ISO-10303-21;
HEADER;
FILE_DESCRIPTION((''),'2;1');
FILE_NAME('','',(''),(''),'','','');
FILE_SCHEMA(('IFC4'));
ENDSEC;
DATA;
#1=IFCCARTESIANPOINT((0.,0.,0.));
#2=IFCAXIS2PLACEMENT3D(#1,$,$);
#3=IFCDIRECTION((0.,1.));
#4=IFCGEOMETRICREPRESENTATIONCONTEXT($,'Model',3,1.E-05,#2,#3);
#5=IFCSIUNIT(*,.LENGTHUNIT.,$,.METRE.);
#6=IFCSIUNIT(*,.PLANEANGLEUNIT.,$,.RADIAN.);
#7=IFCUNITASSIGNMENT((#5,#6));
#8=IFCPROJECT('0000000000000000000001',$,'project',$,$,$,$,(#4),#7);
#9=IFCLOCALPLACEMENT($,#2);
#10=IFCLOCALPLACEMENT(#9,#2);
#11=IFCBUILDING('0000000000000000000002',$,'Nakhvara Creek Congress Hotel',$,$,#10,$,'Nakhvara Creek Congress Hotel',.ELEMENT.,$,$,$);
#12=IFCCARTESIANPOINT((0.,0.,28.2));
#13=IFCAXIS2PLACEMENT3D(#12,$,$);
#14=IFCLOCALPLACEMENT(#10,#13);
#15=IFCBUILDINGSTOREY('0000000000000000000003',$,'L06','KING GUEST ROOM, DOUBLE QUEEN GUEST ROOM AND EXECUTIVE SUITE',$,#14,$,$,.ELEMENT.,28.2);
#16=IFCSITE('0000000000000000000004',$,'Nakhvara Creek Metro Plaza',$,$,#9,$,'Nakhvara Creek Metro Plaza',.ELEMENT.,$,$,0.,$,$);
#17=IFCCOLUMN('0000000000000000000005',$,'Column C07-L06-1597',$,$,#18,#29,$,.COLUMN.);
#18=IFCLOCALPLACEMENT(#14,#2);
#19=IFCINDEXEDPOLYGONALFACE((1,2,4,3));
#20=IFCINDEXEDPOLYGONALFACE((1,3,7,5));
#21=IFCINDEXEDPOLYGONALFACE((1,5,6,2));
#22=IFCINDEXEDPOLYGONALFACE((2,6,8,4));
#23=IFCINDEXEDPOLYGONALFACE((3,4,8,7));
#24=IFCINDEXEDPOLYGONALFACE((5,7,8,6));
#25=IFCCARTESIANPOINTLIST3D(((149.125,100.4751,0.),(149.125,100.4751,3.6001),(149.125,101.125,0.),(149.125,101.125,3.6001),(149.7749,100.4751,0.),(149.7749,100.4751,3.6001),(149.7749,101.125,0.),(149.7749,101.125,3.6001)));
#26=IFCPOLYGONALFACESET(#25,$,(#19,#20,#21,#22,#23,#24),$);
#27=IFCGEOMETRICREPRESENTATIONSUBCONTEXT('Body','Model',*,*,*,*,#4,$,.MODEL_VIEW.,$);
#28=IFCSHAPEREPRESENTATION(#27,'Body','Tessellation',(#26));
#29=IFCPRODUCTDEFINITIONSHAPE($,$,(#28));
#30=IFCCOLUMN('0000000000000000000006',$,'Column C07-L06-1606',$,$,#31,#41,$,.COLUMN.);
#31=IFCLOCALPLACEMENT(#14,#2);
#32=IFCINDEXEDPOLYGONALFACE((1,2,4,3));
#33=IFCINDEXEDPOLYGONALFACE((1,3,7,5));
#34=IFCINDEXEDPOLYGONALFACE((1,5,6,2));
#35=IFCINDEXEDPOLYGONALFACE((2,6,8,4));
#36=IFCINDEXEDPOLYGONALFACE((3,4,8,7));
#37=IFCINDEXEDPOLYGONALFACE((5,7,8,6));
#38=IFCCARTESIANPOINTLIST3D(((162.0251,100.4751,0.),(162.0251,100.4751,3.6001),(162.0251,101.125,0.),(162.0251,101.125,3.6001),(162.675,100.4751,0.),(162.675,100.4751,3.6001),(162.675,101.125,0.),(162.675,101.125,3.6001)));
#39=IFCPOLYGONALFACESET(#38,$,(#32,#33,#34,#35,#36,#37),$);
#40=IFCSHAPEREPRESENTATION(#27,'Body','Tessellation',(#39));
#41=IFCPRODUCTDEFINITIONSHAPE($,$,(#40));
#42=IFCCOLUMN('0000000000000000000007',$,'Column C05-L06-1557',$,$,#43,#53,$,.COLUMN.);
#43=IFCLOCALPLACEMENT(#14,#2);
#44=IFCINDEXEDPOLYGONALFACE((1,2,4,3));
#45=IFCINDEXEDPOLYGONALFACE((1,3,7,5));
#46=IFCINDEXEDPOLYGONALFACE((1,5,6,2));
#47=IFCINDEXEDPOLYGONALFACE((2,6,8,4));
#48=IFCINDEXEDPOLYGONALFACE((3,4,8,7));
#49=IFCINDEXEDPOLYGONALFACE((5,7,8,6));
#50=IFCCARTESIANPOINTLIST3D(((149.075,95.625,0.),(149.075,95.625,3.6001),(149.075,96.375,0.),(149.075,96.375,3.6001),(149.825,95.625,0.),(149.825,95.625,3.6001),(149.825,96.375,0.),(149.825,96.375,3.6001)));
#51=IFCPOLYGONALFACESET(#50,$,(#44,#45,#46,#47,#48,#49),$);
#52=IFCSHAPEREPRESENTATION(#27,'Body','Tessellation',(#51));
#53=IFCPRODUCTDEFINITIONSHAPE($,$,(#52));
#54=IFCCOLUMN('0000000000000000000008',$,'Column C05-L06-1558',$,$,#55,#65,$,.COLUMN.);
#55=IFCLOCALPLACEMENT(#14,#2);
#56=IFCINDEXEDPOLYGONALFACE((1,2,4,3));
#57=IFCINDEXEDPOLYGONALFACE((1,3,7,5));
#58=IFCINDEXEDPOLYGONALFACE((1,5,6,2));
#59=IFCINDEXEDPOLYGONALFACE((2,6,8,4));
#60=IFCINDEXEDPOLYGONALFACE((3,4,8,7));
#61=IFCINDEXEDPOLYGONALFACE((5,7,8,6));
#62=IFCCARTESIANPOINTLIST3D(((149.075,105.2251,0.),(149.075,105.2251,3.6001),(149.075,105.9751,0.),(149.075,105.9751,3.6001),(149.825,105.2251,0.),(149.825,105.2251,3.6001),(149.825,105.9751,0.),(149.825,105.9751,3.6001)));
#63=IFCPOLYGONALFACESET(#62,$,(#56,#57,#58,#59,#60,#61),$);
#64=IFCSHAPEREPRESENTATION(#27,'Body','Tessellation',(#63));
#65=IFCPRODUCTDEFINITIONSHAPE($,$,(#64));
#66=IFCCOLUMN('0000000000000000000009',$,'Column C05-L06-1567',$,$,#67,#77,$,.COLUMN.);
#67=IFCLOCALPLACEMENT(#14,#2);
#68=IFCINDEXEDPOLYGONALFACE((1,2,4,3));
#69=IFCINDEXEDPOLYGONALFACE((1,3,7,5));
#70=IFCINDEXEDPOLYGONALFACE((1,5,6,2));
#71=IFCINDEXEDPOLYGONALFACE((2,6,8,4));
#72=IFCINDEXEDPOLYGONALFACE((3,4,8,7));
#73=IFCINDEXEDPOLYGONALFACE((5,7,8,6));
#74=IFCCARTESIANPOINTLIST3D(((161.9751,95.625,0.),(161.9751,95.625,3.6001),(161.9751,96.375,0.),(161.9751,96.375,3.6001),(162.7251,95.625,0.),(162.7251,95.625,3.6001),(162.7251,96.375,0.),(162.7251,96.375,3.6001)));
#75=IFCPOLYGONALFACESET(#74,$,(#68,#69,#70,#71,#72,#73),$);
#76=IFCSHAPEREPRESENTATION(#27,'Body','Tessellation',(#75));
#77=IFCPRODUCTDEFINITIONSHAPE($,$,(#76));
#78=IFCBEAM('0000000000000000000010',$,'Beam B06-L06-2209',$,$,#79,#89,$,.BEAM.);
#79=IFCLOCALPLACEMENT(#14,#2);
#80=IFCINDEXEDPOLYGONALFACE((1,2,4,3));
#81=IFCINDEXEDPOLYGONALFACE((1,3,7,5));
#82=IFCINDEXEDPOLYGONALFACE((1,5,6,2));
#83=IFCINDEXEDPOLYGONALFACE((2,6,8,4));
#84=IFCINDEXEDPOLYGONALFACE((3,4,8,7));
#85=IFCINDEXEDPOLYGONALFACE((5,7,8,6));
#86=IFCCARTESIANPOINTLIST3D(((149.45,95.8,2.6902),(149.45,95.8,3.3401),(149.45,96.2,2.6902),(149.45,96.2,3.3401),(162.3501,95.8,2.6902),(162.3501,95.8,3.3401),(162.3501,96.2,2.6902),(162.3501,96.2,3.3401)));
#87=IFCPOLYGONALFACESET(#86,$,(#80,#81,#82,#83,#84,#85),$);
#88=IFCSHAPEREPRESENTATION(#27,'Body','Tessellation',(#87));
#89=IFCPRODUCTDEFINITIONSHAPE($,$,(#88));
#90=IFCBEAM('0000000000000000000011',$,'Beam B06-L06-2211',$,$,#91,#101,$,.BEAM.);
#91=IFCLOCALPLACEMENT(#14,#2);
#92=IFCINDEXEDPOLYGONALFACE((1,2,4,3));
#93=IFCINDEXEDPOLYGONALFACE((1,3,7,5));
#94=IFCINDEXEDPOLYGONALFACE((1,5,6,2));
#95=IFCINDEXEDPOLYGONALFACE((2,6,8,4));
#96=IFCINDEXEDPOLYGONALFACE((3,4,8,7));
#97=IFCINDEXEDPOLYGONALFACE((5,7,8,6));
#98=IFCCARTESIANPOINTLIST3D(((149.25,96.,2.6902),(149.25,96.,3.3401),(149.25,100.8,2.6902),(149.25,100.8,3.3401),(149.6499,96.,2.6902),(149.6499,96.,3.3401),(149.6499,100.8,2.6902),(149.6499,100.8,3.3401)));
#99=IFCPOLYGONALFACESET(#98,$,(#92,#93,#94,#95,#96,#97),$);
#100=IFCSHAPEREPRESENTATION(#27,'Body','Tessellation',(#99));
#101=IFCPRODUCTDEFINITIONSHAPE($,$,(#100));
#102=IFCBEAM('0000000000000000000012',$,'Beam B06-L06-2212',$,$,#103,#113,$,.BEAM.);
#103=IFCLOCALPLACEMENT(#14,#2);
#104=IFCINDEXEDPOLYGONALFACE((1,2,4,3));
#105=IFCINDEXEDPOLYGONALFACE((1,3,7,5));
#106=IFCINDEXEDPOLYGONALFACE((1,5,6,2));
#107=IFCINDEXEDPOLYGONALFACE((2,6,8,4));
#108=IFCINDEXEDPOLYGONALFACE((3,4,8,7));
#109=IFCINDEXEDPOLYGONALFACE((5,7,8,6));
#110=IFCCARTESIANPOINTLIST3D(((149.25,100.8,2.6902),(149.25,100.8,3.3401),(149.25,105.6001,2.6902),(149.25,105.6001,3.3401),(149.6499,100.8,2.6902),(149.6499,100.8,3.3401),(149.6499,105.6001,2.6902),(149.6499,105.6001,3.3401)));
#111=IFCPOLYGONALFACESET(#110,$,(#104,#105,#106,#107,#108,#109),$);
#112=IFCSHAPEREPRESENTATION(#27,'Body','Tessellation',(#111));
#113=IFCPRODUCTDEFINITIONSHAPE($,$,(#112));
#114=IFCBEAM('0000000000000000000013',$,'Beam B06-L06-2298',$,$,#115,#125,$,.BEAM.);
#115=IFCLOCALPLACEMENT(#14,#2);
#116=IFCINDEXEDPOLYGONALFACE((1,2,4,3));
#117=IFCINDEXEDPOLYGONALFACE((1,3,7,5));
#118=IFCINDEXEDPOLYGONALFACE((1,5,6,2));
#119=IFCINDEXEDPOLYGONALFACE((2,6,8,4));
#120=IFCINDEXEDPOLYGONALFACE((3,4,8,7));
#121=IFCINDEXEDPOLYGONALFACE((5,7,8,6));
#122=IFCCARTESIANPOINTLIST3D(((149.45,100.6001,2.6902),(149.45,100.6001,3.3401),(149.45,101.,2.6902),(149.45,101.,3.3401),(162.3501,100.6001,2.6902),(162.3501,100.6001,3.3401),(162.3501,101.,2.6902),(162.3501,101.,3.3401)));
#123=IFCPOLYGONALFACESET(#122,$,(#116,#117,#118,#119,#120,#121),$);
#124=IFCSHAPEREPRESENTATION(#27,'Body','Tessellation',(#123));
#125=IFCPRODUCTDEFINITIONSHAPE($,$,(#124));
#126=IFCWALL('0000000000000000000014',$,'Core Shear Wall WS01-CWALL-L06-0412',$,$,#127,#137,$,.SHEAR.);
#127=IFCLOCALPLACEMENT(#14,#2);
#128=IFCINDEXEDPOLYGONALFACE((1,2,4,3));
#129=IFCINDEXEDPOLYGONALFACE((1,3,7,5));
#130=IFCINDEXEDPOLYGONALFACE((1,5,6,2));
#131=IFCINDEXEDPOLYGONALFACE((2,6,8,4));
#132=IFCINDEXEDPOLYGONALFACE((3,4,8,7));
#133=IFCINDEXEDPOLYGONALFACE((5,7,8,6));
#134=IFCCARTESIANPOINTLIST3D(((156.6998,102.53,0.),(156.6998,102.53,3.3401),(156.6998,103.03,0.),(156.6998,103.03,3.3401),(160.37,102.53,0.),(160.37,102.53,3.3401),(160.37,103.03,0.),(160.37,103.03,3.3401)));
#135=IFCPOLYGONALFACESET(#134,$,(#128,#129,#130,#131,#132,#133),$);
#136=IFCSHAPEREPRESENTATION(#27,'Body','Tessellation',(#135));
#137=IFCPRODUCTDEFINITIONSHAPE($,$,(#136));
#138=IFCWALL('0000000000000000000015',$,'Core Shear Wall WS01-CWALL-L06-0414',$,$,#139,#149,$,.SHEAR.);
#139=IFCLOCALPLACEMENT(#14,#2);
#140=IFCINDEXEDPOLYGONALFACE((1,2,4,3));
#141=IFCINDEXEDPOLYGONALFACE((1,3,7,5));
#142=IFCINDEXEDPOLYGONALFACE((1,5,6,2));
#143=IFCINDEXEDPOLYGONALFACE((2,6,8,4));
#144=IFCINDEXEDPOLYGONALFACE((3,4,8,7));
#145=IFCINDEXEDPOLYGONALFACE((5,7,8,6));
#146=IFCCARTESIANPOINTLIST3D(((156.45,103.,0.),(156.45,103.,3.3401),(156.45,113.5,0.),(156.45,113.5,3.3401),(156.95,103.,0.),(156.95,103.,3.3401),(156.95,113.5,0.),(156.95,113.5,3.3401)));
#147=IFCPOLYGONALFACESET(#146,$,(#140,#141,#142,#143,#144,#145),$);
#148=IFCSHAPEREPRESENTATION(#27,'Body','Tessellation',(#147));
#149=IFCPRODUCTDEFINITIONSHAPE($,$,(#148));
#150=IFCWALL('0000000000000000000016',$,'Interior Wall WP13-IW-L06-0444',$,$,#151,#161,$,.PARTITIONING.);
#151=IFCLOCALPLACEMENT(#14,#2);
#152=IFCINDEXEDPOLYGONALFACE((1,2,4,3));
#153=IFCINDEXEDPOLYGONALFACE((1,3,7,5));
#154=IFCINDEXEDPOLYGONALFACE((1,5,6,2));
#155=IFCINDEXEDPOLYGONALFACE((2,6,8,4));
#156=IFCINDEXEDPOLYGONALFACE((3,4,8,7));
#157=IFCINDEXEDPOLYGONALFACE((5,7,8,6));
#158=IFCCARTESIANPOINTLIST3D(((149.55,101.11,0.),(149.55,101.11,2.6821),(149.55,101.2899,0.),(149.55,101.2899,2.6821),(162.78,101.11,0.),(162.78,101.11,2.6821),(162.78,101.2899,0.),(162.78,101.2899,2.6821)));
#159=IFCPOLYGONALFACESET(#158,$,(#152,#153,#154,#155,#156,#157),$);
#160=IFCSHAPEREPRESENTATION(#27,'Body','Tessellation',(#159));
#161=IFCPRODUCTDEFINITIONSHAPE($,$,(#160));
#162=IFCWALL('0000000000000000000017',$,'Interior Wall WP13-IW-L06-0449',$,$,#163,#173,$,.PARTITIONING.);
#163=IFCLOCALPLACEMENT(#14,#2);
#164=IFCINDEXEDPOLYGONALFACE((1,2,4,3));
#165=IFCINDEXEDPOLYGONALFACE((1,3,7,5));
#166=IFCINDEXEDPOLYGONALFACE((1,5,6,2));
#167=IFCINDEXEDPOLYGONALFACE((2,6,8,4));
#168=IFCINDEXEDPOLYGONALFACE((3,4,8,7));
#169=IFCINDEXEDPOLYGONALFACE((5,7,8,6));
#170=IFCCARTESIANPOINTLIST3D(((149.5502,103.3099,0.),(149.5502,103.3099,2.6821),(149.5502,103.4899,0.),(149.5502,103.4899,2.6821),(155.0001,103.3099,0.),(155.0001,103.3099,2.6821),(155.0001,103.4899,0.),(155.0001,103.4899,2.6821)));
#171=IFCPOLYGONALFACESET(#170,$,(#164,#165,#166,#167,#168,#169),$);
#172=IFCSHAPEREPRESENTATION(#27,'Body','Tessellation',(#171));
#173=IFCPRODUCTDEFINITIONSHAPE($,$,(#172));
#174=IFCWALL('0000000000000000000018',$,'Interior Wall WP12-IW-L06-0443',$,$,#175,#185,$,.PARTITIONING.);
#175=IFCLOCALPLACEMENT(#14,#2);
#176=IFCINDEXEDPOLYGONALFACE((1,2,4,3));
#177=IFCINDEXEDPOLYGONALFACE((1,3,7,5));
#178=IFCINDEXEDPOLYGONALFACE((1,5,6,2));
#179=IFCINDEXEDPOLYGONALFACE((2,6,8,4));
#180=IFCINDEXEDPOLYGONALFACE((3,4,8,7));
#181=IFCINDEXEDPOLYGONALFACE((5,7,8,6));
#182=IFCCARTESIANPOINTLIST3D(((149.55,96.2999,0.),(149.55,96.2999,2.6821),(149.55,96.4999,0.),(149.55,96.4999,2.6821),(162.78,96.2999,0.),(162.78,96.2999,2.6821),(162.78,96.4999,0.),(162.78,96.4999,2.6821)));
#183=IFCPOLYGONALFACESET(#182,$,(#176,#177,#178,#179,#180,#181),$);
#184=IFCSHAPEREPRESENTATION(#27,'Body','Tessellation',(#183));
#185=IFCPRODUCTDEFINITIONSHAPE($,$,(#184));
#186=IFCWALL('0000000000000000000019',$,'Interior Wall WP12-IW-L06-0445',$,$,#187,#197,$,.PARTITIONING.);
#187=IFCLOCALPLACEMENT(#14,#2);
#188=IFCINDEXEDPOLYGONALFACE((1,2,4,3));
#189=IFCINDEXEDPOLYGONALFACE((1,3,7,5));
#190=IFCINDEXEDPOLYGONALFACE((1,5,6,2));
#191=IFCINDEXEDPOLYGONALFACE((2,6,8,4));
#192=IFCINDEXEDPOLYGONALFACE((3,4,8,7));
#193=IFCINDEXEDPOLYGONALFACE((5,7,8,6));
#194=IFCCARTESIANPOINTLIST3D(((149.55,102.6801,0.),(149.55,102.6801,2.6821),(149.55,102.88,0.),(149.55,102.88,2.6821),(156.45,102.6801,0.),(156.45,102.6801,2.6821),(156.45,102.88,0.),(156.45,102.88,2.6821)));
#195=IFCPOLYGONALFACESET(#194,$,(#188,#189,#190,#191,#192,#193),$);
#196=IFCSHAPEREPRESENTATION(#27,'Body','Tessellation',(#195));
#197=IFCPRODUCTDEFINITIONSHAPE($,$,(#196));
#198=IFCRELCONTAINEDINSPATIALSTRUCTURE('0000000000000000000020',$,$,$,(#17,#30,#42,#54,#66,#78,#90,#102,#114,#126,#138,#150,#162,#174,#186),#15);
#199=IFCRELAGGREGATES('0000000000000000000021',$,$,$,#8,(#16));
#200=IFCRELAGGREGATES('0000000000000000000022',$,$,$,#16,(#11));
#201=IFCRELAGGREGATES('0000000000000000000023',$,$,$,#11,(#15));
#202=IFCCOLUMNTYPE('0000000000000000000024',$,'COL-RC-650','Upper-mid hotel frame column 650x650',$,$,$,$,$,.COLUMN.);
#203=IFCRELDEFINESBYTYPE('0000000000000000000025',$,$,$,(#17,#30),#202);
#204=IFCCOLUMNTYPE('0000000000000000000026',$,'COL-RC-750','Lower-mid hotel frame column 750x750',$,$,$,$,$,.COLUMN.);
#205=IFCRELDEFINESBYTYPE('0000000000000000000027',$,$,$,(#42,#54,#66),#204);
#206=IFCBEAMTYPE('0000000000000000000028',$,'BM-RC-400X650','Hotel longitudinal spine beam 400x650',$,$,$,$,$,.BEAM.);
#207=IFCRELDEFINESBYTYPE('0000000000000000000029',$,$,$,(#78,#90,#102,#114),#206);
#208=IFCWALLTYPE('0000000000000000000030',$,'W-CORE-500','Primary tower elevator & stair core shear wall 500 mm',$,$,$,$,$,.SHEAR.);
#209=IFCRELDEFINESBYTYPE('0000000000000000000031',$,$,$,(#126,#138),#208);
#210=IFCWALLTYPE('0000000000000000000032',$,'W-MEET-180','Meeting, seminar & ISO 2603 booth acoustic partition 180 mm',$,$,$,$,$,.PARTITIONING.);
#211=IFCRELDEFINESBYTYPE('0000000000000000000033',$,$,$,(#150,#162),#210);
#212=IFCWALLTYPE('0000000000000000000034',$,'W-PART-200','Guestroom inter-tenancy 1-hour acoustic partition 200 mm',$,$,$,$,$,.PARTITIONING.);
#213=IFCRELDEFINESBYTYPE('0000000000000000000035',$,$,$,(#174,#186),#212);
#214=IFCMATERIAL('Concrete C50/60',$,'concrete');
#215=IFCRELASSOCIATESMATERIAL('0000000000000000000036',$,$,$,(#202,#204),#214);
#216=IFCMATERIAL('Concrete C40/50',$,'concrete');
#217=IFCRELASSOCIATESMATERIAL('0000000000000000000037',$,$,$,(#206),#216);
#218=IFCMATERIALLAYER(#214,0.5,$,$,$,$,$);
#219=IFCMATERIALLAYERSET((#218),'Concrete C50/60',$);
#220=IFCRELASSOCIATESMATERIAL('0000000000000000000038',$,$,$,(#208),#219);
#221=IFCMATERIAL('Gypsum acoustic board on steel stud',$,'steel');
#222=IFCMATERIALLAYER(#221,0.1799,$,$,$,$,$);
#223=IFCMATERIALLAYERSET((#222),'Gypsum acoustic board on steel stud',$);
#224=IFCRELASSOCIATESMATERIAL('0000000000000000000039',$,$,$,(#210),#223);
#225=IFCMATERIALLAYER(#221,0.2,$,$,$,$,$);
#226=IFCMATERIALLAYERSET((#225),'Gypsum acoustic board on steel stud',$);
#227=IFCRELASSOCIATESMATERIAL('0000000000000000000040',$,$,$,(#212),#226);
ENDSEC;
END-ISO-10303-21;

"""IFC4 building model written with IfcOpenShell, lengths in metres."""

from ifc_helpers import new_model, si_unit, direction, frame, frame_2d, origin, origin_2d, place, context, subcontext, project, spatial, rectangle, extrude, material, layer, layer_set, material_profile, profile_set, type_object, element, save


model = new_model("IFC4")

# Units and contexts
model_context = context("Model", 3, precision=1e-05, world=origin(), true_north=direction((0.0, 1.0)))
body_context = subcontext(model_context, "Body", "Model", "MODEL_VIEW")
ifc_project = project(units=[si_unit("LENGTHUNIT", "METRE"), si_unit("PLANEANGLEUNIT", "RADIAN")], contexts=[model_context])

# Site, building, storey
site_placement = place(None, origin())
site = spatial("IfcSite", under=ifc_project, at=site_placement, Name="Nakhvara Creek Metro Plaza", LongName="Nakhvara Creek Metro Plaza", CompositionType="ELEMENT", RefElevation=0.0)
building_placement = place(site_placement, origin())
building = spatial("IfcBuilding", under=site, at=building_placement, Name="Nakhvara Creek Congress Hotel", LongName="Nakhvara Creek Congress Hotel", CompositionType="ELEMENT")
storey_placement = place(building_placement, frame((0.0, 0.0, 28.2)))
storey = spatial("IfcBuildingStorey", under=building, at=storey_placement, Name="L06", Description="KING GUEST ROOM, DOUBLE QUEEN GUEST ROOM AND EXECUTIVE SUITE", CompositionType="ELEMENT", Elevation=28.2)

# Columns
ifc_material_1 = material(Name="Concrete C50/60", Category="concrete")
ifc_material_profile_1 = material_profile(ifc_material_1, rectangle(XDim=0.6499, YDim=0.6499, at=origin_2d()), Name="RC-COL 650x650", Category="LoadBearing")
ifc_profile_set_1 = profile_set([ifc_material_profile_1], Name="Concrete C50/60")
column_type_1 = type_object("IfcColumnType", Name="COL-RC-650", Description="Upper-mid hotel frame column 650x650", PredefinedType="COLUMN", material=ifc_profile_set_1)
for number, where, z_axis, x_axis, name in (
    (1, (149.45, 100.8, 0.0), (0.0, 0.0, 1.0), (1.0, 0.0, 0.0), "Column C07-L06-1597"),
    (2, (162.3501, 100.8, 0.0), (0.0, 0.0, 1.0), (1.0, 0.0, 0.0), "Column C07-L06-1606"),
):
    element("IfcColumn", number, at=place(storey_placement, frame(where, z_axis=z_axis, x_axis=x_axis)), inside=storey, type_object=column_type_1, Name=name, PredefinedType="COLUMN", context=body_context, shape_type="SweptSolid", body=[
        extrude(rectangle(XDim=0.6499, YDim=0.6499, at=origin_2d()), origin(), (0.0, 0.0, 1.0), 3.6001),
    ])
ifc_material_profile_2 = material_profile(ifc_material_1, rectangle(XDim=0.75, YDim=0.75, at=origin_2d()), Name="RC-COL 750x750", Category="LoadBearing")
ifc_profile_set_2 = profile_set([ifc_material_profile_2], Name="Concrete C50/60")
column_type_2 = type_object("IfcColumnType", Name="COL-RC-750", Description="Lower-mid hotel frame column 750x750", PredefinedType="COLUMN", material=ifc_profile_set_2)
for number, where, z_axis, x_axis, name in (
    (3, (149.45, 96.0, 0.0), (0.0, 0.0, 1.0), (1.0, 0.0, 0.0), "Column C05-L06-1557"),
    (4, (149.45, 105.6001, 0.0), (0.0, 0.0, 1.0), (1.0, 0.0, 0.0), "Column C05-L06-1558"),
    (5, (162.3501, 96.0, 0.0), (0.0, 0.0, 1.0), (1.0, 0.0, 0.0), "Column C05-L06-1567"),
):
    element("IfcColumn", number, at=place(storey_placement, frame(where, z_axis=z_axis, x_axis=x_axis)), inside=storey, type_object=column_type_2, Name=name, PredefinedType="COLUMN", context=body_context, shape_type="SweptSolid", body=[
        extrude(rectangle(XDim=0.75, YDim=0.75, at=origin_2d()), origin(), (0.0, 0.0, 1.0), 3.6001),
    ])

# Beams
ifc_material_2 = material(Name="Concrete C40/50", Category="concrete")
ifc_material_profile_3 = material_profile(ifc_material_2, rectangle(XDim=0.3999, YDim=0.6499, at=origin_2d()), Name="RC-BM 400x650", Category="LoadBearing")
ifc_profile_set_3 = profile_set([ifc_material_profile_3], Name="Concrete C40/50")
beam_type = type_object("IfcBeamType", Name="BM-RC-400X650", Description="Hotel longitudinal spine beam 400x650", PredefinedType="BEAM", material=ifc_profile_set_3)
beam_1_placement = place(storey_placement, frame((149.45, 96.0, 3.0151), z_axis=(1.0, 0.0, 0.0), x_axis=(0.0, 1.0, 0.0)))
element("IfcBeam", 6, at=beam_1_placement, inside=storey, type_object=beam_type, Name="Beam B06-L06-2209", PredefinedType="BEAM", context=body_context, shape_type="SweptSolid", body=[
    extrude(rectangle(XDim=0.3999, YDim=0.6499, at=origin_2d()), origin(), (0.0, 0.0, 1.0), 12.9001),
])
for number, where, z_axis, x_axis, name in (
    (7, (149.45, 96.0, 3.0151), (0.0, 1.0, 0.0), (-1.0, 0.0, 0.0), "Beam B06-L06-2211"),
    (8, (149.45, 100.8, 3.0151), (0.0, 1.0, 0.0), (-1.0, 0.0, 0.0), "Beam B06-L06-2212"),
):
    element("IfcBeam", number, at=place(storey_placement, frame(where, z_axis=z_axis, x_axis=x_axis)), inside=storey, type_object=beam_type, Name=name, PredefinedType="BEAM", context=body_context, shape_type="SweptSolid", body=[
        extrude(rectangle(XDim=0.3999, YDim=0.6499, at=origin_2d()), origin(), (0.0, 0.0, 1.0), 4.8),
    ])
beam_2_placement = place(storey_placement, frame((149.45, 100.8, 3.0151), z_axis=(1.0, 0.0, 0.0), x_axis=(0.0, 1.0, 0.0)))
element("IfcBeam", 9, at=beam_2_placement, inside=storey, type_object=beam_type, Name="Beam B06-L06-2298", PredefinedType="BEAM", context=body_context, shape_type="SweptSolid", body=[
    extrude(rectangle(XDim=0.3999, YDim=0.6499, at=origin_2d()), origin(), (0.0, 0.0, 1.0), 12.9001),
])

# Walls
ifc_layer_1 = layer(ifc_material_1, 0.5)
ifc_layer_set_1 = layer_set([ifc_layer_1], Name="Concrete C50/60")
wall_type_1 = type_object("IfcWallType", Name="W-CORE-500", Description="Primary tower elevator & stair core shear wall 500 mm", PredefinedType="SHEAR", material=ifc_layer_set_1)
wall_1_placement = place(storey_placement, frame((156.7, 102.78, 0.0), z_axis=(0.0, 0.0, 1.0), x_axis=(1.0, 0.0, 0.0)))
element("IfcWall", 10, at=wall_1_placement, inside=storey, type_object=wall_type_1, Name="Core Shear Wall WS01-CWALL-L06-0412", PredefinedType="SHEAR", context=body_context, shape_type="SweptSolid", body=[
    extrude(rectangle(XDim=3.6702, YDim=0.5, at=frame_2d((1.835, 0.0))), origin(), (0.0, 0.0, 1.0), 3.3401),
])
wall_2_placement = place(storey_placement, frame((156.7, 103.0, 0.0), z_axis=(0.0, 0.0, 1.0), x_axis=(0.0, 1.0, 0.0)))
element("IfcWall", 11, at=wall_2_placement, inside=storey, type_object=wall_type_1, Name="Core Shear Wall WS01-CWALL-L06-0414", PredefinedType="SHEAR", context=body_context, shape_type="SweptSolid", body=[
    extrude(rectangle(XDim=10.5, YDim=0.5, at=frame_2d((5.25, 0.0))), origin(), (0.0, 0.0, 1.0), 3.3401),
])

# Walls
ifc_material_3 = material(Name="Gypsum acoustic board on steel stud", Category="steel")
ifc_layer_2 = layer(ifc_material_3, 0.1799)
ifc_layer_set_2 = layer_set([ifc_layer_2], Name="Gypsum acoustic board on steel stud")
wall_type_2 = type_object("IfcWallType", Name="W-MEET-180", Description="Meeting, seminar & ISO 2603 booth acoustic partition 180 mm", PredefinedType="PARTITIONING", material=ifc_layer_set_2)
wall_3_placement = place(storey_placement, frame((149.55, 101.2, 0.0), z_axis=(0.0, 0.0, 1.0), x_axis=(1.0, 0.0, 0.0)))
element("IfcWall", 12, at=wall_3_placement, inside=storey, type_object=wall_type_2, Name="Interior Wall WP13-IW-L06-0444", PredefinedType="PARTITIONING", context=body_context, shape_type="SweptSolid", body=[
    extrude(rectangle(XDim=13.23, YDim=0.1799, at=frame_2d((6.615, 0.0))), origin(), (0.0, 0.0, 1.0), 2.6821),
])
wall_4_placement = place(storey_placement, frame((149.55, 103.3999, 0.0), z_axis=(0.0, 0.0, 1.0), x_axis=(1.0, 0.0, 0.0)))
element("IfcWall", 13, at=wall_4_placement, inside=storey, type_object=wall_type_2, Name="Interior Wall WP13-IW-L06-0449", PredefinedType="PARTITIONING", context=body_context, shape_type="SweptSolid", body=[
    extrude(rectangle(XDim=5.45, YDim=0.1799, at=frame_2d((2.7251, 0.0))), origin(), (0.0, 0.0, 1.0), 2.6821),
])
ifc_layer_3 = layer(ifc_material_3, 0.2)
ifc_layer_set_3 = layer_set([ifc_layer_3], Name="Gypsum acoustic board on steel stud")
wall_type_3 = type_object("IfcWallType", Name="W-PART-200", Description="Guestroom inter-tenancy 1-hour acoustic partition 200 mm", PredefinedType="PARTITIONING", material=ifc_layer_set_3)
wall_5_placement = place(storey_placement, frame((149.55, 96.3999, 0.0), z_axis=(0.0, 0.0, 1.0), x_axis=(1.0, 0.0, 0.0)))
element("IfcWall", 14, at=wall_5_placement, inside=storey, type_object=wall_type_3, Name="Interior Wall WP12-IW-L06-0443", PredefinedType="PARTITIONING", context=body_context, shape_type="SweptSolid", body=[
    extrude(rectangle(XDim=13.23, YDim=0.2, at=frame_2d((6.615, 0.0))), origin(), (0.0, 0.0, 1.0), 2.6821),
])
wall_6_placement = place(storey_placement, frame((149.55, 102.78, 0.0), z_axis=(0.0, 0.0, 1.0), x_axis=(1.0, 0.0, 0.0)))
element("IfcWall", 15, at=wall_6_placement, inside=storey, type_object=wall_type_3, Name="Interior Wall WP12-IW-L06-0445", PredefinedType="PARTITIONING", context=body_context, shape_type="SweptSolid", body=[
    extrude(rectangle(XDim=6.8999, YDim=0.2, at=frame_2d((3.45, 0.0))), origin(), (0.0, 0.0, 1.0), 2.6821),
])

save(model, "model.ifc")
